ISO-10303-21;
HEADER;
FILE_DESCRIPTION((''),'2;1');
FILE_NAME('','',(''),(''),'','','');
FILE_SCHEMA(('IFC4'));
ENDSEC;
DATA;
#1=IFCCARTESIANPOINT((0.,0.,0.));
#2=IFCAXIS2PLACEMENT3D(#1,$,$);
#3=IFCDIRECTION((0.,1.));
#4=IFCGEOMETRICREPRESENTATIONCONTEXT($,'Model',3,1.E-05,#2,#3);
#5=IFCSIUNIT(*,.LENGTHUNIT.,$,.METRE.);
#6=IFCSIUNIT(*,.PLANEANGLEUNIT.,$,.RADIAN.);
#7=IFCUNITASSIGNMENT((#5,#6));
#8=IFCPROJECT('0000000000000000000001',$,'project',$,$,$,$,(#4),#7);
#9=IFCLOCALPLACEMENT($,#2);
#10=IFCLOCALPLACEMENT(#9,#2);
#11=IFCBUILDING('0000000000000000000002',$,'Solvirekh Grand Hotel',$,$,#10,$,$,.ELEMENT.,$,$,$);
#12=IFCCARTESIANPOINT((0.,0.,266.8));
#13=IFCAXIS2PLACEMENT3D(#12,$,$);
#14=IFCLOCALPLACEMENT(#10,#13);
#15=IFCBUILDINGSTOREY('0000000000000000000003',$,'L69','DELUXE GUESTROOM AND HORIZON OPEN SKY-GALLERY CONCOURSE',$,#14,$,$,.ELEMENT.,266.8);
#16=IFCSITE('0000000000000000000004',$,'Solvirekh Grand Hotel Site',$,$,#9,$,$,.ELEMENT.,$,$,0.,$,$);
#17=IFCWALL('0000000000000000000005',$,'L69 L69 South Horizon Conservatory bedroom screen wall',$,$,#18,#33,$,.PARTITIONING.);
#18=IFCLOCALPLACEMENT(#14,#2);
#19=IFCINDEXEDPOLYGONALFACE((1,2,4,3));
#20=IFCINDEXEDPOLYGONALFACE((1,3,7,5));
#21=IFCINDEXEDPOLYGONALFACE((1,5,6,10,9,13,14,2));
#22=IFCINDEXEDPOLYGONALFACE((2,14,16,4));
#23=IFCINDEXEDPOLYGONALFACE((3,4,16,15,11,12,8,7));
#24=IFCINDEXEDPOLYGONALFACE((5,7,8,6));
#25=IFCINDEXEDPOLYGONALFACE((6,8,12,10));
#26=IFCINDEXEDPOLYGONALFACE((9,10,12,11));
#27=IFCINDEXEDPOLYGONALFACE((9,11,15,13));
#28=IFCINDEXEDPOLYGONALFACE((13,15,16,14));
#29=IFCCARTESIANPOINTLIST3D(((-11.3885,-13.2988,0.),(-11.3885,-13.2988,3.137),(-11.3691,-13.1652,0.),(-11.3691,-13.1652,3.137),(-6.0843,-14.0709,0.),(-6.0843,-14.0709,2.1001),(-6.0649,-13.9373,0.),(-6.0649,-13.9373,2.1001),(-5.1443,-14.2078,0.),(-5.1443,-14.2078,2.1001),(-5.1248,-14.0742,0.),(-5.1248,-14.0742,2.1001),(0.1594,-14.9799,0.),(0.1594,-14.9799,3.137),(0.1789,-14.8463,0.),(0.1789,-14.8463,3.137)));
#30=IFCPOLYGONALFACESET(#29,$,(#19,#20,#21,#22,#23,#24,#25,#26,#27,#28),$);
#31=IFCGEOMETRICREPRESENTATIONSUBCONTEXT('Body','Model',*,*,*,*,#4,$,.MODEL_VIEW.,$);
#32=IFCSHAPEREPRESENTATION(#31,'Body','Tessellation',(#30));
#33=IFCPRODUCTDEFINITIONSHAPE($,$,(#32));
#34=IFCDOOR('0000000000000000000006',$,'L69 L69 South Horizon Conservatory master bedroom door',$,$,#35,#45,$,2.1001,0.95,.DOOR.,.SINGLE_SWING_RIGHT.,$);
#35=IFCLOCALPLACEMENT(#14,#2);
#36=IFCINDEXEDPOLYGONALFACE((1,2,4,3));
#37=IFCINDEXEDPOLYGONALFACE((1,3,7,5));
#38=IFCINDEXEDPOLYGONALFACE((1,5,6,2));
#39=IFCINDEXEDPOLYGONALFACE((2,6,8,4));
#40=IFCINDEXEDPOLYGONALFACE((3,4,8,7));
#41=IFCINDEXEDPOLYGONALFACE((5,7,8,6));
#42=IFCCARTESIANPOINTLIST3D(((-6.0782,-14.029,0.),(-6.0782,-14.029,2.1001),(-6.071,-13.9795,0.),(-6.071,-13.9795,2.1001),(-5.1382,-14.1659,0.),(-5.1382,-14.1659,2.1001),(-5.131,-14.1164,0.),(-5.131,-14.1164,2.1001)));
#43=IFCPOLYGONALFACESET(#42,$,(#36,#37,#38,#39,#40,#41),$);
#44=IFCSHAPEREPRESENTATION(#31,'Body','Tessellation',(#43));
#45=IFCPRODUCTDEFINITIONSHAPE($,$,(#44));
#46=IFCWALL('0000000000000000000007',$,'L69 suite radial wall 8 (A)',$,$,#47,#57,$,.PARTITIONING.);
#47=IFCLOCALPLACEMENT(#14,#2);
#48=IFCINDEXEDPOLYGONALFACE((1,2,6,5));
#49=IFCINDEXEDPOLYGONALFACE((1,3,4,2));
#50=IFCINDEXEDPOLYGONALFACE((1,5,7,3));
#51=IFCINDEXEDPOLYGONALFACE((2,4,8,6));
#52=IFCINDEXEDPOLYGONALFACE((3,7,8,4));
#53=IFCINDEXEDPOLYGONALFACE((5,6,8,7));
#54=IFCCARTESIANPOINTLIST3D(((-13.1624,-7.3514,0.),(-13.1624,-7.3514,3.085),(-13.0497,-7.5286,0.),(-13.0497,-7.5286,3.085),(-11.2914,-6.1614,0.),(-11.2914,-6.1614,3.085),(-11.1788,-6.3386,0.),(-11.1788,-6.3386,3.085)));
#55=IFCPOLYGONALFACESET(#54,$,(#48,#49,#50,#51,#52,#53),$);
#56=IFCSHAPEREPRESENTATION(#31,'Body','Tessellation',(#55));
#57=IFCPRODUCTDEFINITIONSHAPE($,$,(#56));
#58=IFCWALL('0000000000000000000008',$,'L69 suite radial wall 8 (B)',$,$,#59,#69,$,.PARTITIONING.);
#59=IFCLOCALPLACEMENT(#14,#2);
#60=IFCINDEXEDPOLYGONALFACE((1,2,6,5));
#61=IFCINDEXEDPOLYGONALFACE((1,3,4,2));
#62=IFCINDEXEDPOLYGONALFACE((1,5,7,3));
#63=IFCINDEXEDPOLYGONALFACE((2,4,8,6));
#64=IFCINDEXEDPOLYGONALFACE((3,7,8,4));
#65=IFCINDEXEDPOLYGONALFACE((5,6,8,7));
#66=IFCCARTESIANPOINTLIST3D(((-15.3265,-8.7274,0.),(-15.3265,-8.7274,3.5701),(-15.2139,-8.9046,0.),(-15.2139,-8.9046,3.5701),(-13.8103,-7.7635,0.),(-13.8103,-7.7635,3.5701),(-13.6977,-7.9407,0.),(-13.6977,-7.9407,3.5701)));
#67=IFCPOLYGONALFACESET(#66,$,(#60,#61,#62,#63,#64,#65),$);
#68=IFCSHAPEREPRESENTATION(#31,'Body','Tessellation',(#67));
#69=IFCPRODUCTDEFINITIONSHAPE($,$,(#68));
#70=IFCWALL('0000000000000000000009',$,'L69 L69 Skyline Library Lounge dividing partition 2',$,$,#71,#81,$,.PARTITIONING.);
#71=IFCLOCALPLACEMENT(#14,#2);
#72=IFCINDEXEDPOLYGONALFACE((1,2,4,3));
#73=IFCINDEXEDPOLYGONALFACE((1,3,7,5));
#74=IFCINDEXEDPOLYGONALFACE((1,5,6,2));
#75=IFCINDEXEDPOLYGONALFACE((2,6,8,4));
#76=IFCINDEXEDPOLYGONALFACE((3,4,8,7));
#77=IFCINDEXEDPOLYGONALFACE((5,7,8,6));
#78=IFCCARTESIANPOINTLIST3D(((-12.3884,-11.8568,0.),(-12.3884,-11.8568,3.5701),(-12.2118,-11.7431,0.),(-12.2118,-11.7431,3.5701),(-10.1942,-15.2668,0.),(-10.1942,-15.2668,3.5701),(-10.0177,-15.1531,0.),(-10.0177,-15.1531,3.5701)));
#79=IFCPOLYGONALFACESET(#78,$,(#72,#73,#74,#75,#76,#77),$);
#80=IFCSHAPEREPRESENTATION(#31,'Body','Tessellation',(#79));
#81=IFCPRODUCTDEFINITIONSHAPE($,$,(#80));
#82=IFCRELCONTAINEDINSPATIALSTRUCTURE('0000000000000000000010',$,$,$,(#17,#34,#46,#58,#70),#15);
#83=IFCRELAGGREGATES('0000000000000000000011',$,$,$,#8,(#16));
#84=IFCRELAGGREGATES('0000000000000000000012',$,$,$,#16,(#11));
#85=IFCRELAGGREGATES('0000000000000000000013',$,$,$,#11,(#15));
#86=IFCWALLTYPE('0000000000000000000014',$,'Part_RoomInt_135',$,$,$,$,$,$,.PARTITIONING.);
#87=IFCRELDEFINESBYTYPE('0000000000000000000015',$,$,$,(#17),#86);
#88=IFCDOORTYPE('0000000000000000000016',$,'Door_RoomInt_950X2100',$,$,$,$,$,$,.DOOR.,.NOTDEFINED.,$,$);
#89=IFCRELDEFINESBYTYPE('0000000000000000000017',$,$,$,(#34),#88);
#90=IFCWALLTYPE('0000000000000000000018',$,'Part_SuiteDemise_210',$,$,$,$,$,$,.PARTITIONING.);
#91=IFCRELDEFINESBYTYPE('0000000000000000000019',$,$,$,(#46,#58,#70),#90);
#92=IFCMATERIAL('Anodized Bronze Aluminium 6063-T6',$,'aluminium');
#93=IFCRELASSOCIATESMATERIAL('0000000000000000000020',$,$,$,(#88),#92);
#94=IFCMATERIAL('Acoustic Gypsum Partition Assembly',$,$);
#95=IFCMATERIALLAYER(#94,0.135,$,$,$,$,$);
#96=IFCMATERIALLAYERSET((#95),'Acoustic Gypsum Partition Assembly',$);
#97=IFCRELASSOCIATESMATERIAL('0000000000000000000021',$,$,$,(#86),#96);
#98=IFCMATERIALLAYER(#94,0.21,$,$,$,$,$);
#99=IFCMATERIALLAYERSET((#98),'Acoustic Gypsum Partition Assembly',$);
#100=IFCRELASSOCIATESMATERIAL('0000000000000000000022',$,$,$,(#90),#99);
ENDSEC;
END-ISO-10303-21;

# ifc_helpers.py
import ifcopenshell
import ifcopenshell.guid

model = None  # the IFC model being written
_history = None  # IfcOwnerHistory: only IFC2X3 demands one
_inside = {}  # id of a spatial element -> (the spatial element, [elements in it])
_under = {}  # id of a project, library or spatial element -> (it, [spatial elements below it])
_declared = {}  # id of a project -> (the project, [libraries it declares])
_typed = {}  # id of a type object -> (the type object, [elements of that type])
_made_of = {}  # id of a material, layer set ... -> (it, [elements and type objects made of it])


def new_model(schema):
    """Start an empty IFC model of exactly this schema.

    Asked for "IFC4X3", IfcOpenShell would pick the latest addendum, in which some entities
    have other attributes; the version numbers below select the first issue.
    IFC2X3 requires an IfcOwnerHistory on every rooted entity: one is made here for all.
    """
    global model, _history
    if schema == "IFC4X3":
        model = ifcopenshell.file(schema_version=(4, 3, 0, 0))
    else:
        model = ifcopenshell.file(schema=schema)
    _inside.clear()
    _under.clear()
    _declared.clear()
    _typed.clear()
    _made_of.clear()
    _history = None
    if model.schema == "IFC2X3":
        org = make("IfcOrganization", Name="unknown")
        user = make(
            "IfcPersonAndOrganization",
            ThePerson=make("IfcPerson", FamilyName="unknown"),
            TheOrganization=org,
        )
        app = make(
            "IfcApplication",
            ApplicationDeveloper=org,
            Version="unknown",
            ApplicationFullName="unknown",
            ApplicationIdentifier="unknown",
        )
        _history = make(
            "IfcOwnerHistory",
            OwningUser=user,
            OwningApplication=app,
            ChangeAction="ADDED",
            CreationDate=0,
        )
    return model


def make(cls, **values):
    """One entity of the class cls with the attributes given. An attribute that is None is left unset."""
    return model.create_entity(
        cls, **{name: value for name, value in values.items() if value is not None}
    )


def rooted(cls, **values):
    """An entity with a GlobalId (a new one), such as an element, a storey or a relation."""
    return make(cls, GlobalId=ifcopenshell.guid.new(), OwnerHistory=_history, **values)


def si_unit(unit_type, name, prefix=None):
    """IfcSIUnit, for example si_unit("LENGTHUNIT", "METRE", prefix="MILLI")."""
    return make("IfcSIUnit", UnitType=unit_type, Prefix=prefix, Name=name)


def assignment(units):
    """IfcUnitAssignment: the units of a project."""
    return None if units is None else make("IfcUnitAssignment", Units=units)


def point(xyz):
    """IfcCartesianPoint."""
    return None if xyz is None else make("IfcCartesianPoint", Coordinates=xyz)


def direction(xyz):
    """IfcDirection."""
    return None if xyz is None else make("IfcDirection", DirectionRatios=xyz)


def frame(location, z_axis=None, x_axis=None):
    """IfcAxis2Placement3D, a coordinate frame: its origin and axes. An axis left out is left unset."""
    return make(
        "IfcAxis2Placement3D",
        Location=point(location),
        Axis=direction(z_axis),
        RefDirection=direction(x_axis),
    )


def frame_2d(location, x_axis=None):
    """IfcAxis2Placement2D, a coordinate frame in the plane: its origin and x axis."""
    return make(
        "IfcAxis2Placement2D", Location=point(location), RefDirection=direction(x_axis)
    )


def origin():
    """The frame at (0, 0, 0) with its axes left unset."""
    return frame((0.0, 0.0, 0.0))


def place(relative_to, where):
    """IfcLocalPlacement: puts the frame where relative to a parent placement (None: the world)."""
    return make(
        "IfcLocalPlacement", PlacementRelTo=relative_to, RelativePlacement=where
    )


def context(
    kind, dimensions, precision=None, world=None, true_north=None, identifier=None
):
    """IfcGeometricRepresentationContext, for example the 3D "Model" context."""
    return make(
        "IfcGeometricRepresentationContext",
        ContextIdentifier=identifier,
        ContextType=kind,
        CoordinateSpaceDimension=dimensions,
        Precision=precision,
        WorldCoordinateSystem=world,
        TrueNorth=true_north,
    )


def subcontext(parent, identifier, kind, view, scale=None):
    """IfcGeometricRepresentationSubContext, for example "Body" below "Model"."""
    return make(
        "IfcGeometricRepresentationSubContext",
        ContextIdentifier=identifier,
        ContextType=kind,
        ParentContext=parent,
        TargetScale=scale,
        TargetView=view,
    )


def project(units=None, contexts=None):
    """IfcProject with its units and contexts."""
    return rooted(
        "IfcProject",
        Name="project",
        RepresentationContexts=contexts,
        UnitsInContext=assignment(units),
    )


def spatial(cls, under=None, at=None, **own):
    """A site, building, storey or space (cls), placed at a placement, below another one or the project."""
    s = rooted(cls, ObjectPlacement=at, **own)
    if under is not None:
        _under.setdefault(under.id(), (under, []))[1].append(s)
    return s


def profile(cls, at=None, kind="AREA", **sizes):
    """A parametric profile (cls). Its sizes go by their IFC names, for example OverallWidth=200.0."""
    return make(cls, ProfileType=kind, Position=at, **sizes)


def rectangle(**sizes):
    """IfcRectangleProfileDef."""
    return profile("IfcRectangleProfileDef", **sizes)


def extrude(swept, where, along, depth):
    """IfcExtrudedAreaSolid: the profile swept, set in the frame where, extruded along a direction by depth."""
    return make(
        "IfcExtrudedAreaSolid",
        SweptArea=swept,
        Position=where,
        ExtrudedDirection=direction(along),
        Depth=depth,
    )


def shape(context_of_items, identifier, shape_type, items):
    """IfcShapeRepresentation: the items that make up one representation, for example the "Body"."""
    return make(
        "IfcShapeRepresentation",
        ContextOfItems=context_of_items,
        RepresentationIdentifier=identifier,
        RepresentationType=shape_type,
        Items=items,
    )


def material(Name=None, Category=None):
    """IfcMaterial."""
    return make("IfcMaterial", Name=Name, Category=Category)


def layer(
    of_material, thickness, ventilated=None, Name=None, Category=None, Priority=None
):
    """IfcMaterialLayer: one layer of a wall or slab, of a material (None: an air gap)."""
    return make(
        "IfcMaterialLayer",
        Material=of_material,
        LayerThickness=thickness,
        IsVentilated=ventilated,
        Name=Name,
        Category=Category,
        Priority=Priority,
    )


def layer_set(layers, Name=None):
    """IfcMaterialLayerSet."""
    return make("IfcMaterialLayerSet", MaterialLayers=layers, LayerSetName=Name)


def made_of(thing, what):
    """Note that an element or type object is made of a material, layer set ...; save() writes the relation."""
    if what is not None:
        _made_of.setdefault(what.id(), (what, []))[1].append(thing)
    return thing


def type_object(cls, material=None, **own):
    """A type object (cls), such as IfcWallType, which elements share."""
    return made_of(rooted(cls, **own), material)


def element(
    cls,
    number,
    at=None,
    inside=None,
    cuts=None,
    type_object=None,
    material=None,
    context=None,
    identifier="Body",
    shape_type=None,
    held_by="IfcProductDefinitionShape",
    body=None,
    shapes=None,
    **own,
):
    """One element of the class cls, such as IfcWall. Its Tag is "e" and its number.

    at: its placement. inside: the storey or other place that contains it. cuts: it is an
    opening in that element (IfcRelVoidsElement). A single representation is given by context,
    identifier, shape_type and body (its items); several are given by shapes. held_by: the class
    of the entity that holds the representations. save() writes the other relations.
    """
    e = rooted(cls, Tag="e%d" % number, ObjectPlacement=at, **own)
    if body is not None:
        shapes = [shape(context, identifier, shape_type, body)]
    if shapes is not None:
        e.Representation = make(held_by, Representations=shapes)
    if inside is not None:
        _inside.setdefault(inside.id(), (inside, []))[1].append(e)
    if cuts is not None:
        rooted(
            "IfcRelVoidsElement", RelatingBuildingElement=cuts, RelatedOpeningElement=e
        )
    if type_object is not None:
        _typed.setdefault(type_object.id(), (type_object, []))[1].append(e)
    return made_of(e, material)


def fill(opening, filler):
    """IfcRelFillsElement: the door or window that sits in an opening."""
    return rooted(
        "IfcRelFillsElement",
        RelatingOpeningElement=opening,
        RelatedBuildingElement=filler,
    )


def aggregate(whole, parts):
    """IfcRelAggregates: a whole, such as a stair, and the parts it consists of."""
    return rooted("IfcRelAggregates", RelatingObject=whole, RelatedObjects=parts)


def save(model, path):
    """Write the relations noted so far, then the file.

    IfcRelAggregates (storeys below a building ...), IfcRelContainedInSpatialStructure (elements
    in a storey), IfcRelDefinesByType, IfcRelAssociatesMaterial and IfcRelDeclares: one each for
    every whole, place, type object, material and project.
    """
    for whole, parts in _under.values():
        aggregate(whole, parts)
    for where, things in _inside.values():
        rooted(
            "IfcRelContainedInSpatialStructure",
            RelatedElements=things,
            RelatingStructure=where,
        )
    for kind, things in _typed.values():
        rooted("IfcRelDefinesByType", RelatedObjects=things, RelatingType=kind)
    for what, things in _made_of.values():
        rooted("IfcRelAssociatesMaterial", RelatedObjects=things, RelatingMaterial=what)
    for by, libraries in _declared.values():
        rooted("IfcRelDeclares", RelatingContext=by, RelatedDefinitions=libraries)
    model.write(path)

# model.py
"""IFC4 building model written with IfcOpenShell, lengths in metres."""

from ifc_helpers import new_model, si_unit, direction, frame, frame_2d, origin, place, context, subcontext, project, spatial, rectangle, extrude, material, layer, layer_set, type_object, element, fill, save


model = new_model("IFC4")

# Units and contexts
model_context = context("Model", 3, precision=1e-05, world=origin(), true_north=direction((0.0, 1.0)))
body_context = subcontext(model_context, "Body", "Model", "MODEL_VIEW")
ifc_project = project(units=[si_unit("LENGTHUNIT", "METRE"), si_unit("PLANEANGLEUNIT", "RADIAN")], contexts=[model_context])

# Site, building, storey
site_placement = place(None, origin())
site = spatial("IfcSite", under=ifc_project, at=site_placement, Name="Solvirekh Grand Hotel Site", CompositionType="ELEMENT", RefElevation=0.0)
building_placement = place(site_placement, origin())
building = spatial("IfcBuilding", under=site, at=building_placement, Name="Solvirekh Grand Hotel", CompositionType="ELEMENT")
storey_placement = place(building_placement, frame((0.0, 0.0, 266.8)))
storey = spatial("IfcBuildingStorey", under=building, at=storey_placement, Name="L69", Description="DELUXE GUESTROOM AND HORIZON OPEN SKY-GALLERY CONCOURSE", CompositionType="ELEMENT", Elevation=266.8)

# Shared definitions
ifc_material_1 = material(Name="Anodized Bronze Aluminium 6063-T6", Category="aluminium")

# Wall, opening, door
ifc_material_2 = material(Name="Acoustic Gypsum Partition Assembly")
door_type_1 = type_object("IfcDoorType", Name="Door_RoomInt_950X2100", OperationType="NOTDEFINED", PredefinedType="DOOR", material=ifc_material_1)
ifc_layer_1 = layer(ifc_material_2, 0.135)
ifc_layer_set_1 = layer_set([ifc_layer_1], Name="Acoustic Gypsum Partition Assembly")
wall_type_1 = type_object("IfcWallType", Name="Part_RoomInt_135", PredefinedType="PARTITIONING", material=ifc_layer_set_1)
wall_1_placement = place(storey_placement, frame((-11.3789, -13.2319, 0.0), z_axis=(0.0, 0.0, 1.0), x_axis=(0.989569, -0.144063, 0.0)))
wall_1 = element("IfcWall", 1, at=wall_1_placement, inside=storey, type_object=wall_type_1, Name="L69 L69 South Horizon Conservatory bedroom screen wall", PredefinedType="PARTITIONING", context=body_context, shape_type="SweptSolid", body=[
    extrude(rectangle(XDim=11.6697, YDim=0.135, at=frame_2d((5.835, 0.0))), origin(), (0.0, 0.0, 1.0), 3.137),
])
opening_1_placement = place(wall_1_placement, frame((5.3601, 0.0, 0.0)))
opening_1 = element("IfcOpeningElement", 2, at=opening_1_placement, cuts=wall_1, PredefinedType="OPENING", context=body_context, shape_type="SweptSolid", body=[
    extrude(rectangle(XDim=0.95, YDim=2.1001, at=frame_2d((0.4751, 1.05))), frame((0.0, 0.0776, 0.0), z_axis=(0.0, -1.0, 0.0), x_axis=(1.0, 0.0, 0.0)), (0.0, 0.0, 1.0), 0.155),
])
door_1_placement = place(opening_1_placement, origin())
door_1 = element("IfcDoor", 3, at=door_1_placement, inside=storey, type_object=door_type_1, Name="L69 L69 South Horizon Conservatory master bedroom door", OperationType="SINGLE_SWING_RIGHT", OverallHeight=2.1001, OverallWidth=0.95, PredefinedType="DOOR", context=body_context, shape_type="SweptSolid", body=[
    extrude(rectangle(XDim=0.95, YDim=2.1001, at=frame_2d((0.4751, 1.05))), frame((0.0, 0.0249, 0.0), z_axis=(0.0, -1.0, 0.0), x_axis=(1.0, 0.0, 0.0)), (0.0, 0.0, 1.0), 0.05),
])
fill(opening_1, door_1)

# Walls
ifc_layer_2 = layer(ifc_material_2, 0.21)
ifc_layer_set_2 = layer_set([ifc_layer_2], Name="Acoustic Gypsum Partition Assembly")
wall_type_2 = type_object("IfcWallType", Name="Part_SuiteDemise_210", PredefinedType="PARTITIONING", material=ifc_layer_set_2)
wall_2_placement = place(storey_placement, frame((-11.2351, -6.25, 0.0), z_axis=(0.0, 0.0, 1.0), x_axis=(-0.843784, -0.536683, 0.0)))
element("IfcWall", 4, at=wall_2_placement, inside=storey, type_object=wall_type_2, Name="L69 suite radial wall 8 (A)", PredefinedType="PARTITIONING", context=body_context, shape_type="SweptSolid", body=[
    extrude(rectangle(XDim=2.2173, YDim=0.21, at=frame_2d((1.1086, 0.0))), origin(), (0.0, 0.0, 1.0), 3.085),
])
wall_3_placement = place(storey_placement, frame((-13.7539, -7.8521, 0.0), z_axis=(0.0, 0.0, 1.0), x_axis=(-0.843896, -0.536506, 0.0)))
element("IfcWall", 5, at=wall_3_placement, inside=storey, type_object=wall_type_2, Name="L69 suite radial wall 8 (B)", PredefinedType="PARTITIONING", context=body_context, shape_type="SweptSolid", body=[
    extrude(rectangle(XDim=1.7966, YDim=0.21, at=frame_2d((0.8984, 0.0))), origin(), (0.0, 0.0, 1.0), 3.5701),
])
wall_4_placement = place(storey_placement, frame((-12.3, -11.8, 0.0), z_axis=(0.0, 0.0, 1.0), x_axis=(0.541108, -0.840953, 0.0)))
element("IfcWall", 6, at=wall_4_placement, inside=storey, type_object=wall_type_2, Name="L69 L69 Skyline Library Lounge dividing partition 2", PredefinedType="PARTITIONING", context=body_context, shape_type="SweptSolid", body=[
    extrude(rectangle(XDim=4.0549, YDim=0.21, at=frame_2d((2.0273, 0.0))), origin(), (0.0, 0.0, 1.0), 3.5701),
])

save(model, "model.ifc")
